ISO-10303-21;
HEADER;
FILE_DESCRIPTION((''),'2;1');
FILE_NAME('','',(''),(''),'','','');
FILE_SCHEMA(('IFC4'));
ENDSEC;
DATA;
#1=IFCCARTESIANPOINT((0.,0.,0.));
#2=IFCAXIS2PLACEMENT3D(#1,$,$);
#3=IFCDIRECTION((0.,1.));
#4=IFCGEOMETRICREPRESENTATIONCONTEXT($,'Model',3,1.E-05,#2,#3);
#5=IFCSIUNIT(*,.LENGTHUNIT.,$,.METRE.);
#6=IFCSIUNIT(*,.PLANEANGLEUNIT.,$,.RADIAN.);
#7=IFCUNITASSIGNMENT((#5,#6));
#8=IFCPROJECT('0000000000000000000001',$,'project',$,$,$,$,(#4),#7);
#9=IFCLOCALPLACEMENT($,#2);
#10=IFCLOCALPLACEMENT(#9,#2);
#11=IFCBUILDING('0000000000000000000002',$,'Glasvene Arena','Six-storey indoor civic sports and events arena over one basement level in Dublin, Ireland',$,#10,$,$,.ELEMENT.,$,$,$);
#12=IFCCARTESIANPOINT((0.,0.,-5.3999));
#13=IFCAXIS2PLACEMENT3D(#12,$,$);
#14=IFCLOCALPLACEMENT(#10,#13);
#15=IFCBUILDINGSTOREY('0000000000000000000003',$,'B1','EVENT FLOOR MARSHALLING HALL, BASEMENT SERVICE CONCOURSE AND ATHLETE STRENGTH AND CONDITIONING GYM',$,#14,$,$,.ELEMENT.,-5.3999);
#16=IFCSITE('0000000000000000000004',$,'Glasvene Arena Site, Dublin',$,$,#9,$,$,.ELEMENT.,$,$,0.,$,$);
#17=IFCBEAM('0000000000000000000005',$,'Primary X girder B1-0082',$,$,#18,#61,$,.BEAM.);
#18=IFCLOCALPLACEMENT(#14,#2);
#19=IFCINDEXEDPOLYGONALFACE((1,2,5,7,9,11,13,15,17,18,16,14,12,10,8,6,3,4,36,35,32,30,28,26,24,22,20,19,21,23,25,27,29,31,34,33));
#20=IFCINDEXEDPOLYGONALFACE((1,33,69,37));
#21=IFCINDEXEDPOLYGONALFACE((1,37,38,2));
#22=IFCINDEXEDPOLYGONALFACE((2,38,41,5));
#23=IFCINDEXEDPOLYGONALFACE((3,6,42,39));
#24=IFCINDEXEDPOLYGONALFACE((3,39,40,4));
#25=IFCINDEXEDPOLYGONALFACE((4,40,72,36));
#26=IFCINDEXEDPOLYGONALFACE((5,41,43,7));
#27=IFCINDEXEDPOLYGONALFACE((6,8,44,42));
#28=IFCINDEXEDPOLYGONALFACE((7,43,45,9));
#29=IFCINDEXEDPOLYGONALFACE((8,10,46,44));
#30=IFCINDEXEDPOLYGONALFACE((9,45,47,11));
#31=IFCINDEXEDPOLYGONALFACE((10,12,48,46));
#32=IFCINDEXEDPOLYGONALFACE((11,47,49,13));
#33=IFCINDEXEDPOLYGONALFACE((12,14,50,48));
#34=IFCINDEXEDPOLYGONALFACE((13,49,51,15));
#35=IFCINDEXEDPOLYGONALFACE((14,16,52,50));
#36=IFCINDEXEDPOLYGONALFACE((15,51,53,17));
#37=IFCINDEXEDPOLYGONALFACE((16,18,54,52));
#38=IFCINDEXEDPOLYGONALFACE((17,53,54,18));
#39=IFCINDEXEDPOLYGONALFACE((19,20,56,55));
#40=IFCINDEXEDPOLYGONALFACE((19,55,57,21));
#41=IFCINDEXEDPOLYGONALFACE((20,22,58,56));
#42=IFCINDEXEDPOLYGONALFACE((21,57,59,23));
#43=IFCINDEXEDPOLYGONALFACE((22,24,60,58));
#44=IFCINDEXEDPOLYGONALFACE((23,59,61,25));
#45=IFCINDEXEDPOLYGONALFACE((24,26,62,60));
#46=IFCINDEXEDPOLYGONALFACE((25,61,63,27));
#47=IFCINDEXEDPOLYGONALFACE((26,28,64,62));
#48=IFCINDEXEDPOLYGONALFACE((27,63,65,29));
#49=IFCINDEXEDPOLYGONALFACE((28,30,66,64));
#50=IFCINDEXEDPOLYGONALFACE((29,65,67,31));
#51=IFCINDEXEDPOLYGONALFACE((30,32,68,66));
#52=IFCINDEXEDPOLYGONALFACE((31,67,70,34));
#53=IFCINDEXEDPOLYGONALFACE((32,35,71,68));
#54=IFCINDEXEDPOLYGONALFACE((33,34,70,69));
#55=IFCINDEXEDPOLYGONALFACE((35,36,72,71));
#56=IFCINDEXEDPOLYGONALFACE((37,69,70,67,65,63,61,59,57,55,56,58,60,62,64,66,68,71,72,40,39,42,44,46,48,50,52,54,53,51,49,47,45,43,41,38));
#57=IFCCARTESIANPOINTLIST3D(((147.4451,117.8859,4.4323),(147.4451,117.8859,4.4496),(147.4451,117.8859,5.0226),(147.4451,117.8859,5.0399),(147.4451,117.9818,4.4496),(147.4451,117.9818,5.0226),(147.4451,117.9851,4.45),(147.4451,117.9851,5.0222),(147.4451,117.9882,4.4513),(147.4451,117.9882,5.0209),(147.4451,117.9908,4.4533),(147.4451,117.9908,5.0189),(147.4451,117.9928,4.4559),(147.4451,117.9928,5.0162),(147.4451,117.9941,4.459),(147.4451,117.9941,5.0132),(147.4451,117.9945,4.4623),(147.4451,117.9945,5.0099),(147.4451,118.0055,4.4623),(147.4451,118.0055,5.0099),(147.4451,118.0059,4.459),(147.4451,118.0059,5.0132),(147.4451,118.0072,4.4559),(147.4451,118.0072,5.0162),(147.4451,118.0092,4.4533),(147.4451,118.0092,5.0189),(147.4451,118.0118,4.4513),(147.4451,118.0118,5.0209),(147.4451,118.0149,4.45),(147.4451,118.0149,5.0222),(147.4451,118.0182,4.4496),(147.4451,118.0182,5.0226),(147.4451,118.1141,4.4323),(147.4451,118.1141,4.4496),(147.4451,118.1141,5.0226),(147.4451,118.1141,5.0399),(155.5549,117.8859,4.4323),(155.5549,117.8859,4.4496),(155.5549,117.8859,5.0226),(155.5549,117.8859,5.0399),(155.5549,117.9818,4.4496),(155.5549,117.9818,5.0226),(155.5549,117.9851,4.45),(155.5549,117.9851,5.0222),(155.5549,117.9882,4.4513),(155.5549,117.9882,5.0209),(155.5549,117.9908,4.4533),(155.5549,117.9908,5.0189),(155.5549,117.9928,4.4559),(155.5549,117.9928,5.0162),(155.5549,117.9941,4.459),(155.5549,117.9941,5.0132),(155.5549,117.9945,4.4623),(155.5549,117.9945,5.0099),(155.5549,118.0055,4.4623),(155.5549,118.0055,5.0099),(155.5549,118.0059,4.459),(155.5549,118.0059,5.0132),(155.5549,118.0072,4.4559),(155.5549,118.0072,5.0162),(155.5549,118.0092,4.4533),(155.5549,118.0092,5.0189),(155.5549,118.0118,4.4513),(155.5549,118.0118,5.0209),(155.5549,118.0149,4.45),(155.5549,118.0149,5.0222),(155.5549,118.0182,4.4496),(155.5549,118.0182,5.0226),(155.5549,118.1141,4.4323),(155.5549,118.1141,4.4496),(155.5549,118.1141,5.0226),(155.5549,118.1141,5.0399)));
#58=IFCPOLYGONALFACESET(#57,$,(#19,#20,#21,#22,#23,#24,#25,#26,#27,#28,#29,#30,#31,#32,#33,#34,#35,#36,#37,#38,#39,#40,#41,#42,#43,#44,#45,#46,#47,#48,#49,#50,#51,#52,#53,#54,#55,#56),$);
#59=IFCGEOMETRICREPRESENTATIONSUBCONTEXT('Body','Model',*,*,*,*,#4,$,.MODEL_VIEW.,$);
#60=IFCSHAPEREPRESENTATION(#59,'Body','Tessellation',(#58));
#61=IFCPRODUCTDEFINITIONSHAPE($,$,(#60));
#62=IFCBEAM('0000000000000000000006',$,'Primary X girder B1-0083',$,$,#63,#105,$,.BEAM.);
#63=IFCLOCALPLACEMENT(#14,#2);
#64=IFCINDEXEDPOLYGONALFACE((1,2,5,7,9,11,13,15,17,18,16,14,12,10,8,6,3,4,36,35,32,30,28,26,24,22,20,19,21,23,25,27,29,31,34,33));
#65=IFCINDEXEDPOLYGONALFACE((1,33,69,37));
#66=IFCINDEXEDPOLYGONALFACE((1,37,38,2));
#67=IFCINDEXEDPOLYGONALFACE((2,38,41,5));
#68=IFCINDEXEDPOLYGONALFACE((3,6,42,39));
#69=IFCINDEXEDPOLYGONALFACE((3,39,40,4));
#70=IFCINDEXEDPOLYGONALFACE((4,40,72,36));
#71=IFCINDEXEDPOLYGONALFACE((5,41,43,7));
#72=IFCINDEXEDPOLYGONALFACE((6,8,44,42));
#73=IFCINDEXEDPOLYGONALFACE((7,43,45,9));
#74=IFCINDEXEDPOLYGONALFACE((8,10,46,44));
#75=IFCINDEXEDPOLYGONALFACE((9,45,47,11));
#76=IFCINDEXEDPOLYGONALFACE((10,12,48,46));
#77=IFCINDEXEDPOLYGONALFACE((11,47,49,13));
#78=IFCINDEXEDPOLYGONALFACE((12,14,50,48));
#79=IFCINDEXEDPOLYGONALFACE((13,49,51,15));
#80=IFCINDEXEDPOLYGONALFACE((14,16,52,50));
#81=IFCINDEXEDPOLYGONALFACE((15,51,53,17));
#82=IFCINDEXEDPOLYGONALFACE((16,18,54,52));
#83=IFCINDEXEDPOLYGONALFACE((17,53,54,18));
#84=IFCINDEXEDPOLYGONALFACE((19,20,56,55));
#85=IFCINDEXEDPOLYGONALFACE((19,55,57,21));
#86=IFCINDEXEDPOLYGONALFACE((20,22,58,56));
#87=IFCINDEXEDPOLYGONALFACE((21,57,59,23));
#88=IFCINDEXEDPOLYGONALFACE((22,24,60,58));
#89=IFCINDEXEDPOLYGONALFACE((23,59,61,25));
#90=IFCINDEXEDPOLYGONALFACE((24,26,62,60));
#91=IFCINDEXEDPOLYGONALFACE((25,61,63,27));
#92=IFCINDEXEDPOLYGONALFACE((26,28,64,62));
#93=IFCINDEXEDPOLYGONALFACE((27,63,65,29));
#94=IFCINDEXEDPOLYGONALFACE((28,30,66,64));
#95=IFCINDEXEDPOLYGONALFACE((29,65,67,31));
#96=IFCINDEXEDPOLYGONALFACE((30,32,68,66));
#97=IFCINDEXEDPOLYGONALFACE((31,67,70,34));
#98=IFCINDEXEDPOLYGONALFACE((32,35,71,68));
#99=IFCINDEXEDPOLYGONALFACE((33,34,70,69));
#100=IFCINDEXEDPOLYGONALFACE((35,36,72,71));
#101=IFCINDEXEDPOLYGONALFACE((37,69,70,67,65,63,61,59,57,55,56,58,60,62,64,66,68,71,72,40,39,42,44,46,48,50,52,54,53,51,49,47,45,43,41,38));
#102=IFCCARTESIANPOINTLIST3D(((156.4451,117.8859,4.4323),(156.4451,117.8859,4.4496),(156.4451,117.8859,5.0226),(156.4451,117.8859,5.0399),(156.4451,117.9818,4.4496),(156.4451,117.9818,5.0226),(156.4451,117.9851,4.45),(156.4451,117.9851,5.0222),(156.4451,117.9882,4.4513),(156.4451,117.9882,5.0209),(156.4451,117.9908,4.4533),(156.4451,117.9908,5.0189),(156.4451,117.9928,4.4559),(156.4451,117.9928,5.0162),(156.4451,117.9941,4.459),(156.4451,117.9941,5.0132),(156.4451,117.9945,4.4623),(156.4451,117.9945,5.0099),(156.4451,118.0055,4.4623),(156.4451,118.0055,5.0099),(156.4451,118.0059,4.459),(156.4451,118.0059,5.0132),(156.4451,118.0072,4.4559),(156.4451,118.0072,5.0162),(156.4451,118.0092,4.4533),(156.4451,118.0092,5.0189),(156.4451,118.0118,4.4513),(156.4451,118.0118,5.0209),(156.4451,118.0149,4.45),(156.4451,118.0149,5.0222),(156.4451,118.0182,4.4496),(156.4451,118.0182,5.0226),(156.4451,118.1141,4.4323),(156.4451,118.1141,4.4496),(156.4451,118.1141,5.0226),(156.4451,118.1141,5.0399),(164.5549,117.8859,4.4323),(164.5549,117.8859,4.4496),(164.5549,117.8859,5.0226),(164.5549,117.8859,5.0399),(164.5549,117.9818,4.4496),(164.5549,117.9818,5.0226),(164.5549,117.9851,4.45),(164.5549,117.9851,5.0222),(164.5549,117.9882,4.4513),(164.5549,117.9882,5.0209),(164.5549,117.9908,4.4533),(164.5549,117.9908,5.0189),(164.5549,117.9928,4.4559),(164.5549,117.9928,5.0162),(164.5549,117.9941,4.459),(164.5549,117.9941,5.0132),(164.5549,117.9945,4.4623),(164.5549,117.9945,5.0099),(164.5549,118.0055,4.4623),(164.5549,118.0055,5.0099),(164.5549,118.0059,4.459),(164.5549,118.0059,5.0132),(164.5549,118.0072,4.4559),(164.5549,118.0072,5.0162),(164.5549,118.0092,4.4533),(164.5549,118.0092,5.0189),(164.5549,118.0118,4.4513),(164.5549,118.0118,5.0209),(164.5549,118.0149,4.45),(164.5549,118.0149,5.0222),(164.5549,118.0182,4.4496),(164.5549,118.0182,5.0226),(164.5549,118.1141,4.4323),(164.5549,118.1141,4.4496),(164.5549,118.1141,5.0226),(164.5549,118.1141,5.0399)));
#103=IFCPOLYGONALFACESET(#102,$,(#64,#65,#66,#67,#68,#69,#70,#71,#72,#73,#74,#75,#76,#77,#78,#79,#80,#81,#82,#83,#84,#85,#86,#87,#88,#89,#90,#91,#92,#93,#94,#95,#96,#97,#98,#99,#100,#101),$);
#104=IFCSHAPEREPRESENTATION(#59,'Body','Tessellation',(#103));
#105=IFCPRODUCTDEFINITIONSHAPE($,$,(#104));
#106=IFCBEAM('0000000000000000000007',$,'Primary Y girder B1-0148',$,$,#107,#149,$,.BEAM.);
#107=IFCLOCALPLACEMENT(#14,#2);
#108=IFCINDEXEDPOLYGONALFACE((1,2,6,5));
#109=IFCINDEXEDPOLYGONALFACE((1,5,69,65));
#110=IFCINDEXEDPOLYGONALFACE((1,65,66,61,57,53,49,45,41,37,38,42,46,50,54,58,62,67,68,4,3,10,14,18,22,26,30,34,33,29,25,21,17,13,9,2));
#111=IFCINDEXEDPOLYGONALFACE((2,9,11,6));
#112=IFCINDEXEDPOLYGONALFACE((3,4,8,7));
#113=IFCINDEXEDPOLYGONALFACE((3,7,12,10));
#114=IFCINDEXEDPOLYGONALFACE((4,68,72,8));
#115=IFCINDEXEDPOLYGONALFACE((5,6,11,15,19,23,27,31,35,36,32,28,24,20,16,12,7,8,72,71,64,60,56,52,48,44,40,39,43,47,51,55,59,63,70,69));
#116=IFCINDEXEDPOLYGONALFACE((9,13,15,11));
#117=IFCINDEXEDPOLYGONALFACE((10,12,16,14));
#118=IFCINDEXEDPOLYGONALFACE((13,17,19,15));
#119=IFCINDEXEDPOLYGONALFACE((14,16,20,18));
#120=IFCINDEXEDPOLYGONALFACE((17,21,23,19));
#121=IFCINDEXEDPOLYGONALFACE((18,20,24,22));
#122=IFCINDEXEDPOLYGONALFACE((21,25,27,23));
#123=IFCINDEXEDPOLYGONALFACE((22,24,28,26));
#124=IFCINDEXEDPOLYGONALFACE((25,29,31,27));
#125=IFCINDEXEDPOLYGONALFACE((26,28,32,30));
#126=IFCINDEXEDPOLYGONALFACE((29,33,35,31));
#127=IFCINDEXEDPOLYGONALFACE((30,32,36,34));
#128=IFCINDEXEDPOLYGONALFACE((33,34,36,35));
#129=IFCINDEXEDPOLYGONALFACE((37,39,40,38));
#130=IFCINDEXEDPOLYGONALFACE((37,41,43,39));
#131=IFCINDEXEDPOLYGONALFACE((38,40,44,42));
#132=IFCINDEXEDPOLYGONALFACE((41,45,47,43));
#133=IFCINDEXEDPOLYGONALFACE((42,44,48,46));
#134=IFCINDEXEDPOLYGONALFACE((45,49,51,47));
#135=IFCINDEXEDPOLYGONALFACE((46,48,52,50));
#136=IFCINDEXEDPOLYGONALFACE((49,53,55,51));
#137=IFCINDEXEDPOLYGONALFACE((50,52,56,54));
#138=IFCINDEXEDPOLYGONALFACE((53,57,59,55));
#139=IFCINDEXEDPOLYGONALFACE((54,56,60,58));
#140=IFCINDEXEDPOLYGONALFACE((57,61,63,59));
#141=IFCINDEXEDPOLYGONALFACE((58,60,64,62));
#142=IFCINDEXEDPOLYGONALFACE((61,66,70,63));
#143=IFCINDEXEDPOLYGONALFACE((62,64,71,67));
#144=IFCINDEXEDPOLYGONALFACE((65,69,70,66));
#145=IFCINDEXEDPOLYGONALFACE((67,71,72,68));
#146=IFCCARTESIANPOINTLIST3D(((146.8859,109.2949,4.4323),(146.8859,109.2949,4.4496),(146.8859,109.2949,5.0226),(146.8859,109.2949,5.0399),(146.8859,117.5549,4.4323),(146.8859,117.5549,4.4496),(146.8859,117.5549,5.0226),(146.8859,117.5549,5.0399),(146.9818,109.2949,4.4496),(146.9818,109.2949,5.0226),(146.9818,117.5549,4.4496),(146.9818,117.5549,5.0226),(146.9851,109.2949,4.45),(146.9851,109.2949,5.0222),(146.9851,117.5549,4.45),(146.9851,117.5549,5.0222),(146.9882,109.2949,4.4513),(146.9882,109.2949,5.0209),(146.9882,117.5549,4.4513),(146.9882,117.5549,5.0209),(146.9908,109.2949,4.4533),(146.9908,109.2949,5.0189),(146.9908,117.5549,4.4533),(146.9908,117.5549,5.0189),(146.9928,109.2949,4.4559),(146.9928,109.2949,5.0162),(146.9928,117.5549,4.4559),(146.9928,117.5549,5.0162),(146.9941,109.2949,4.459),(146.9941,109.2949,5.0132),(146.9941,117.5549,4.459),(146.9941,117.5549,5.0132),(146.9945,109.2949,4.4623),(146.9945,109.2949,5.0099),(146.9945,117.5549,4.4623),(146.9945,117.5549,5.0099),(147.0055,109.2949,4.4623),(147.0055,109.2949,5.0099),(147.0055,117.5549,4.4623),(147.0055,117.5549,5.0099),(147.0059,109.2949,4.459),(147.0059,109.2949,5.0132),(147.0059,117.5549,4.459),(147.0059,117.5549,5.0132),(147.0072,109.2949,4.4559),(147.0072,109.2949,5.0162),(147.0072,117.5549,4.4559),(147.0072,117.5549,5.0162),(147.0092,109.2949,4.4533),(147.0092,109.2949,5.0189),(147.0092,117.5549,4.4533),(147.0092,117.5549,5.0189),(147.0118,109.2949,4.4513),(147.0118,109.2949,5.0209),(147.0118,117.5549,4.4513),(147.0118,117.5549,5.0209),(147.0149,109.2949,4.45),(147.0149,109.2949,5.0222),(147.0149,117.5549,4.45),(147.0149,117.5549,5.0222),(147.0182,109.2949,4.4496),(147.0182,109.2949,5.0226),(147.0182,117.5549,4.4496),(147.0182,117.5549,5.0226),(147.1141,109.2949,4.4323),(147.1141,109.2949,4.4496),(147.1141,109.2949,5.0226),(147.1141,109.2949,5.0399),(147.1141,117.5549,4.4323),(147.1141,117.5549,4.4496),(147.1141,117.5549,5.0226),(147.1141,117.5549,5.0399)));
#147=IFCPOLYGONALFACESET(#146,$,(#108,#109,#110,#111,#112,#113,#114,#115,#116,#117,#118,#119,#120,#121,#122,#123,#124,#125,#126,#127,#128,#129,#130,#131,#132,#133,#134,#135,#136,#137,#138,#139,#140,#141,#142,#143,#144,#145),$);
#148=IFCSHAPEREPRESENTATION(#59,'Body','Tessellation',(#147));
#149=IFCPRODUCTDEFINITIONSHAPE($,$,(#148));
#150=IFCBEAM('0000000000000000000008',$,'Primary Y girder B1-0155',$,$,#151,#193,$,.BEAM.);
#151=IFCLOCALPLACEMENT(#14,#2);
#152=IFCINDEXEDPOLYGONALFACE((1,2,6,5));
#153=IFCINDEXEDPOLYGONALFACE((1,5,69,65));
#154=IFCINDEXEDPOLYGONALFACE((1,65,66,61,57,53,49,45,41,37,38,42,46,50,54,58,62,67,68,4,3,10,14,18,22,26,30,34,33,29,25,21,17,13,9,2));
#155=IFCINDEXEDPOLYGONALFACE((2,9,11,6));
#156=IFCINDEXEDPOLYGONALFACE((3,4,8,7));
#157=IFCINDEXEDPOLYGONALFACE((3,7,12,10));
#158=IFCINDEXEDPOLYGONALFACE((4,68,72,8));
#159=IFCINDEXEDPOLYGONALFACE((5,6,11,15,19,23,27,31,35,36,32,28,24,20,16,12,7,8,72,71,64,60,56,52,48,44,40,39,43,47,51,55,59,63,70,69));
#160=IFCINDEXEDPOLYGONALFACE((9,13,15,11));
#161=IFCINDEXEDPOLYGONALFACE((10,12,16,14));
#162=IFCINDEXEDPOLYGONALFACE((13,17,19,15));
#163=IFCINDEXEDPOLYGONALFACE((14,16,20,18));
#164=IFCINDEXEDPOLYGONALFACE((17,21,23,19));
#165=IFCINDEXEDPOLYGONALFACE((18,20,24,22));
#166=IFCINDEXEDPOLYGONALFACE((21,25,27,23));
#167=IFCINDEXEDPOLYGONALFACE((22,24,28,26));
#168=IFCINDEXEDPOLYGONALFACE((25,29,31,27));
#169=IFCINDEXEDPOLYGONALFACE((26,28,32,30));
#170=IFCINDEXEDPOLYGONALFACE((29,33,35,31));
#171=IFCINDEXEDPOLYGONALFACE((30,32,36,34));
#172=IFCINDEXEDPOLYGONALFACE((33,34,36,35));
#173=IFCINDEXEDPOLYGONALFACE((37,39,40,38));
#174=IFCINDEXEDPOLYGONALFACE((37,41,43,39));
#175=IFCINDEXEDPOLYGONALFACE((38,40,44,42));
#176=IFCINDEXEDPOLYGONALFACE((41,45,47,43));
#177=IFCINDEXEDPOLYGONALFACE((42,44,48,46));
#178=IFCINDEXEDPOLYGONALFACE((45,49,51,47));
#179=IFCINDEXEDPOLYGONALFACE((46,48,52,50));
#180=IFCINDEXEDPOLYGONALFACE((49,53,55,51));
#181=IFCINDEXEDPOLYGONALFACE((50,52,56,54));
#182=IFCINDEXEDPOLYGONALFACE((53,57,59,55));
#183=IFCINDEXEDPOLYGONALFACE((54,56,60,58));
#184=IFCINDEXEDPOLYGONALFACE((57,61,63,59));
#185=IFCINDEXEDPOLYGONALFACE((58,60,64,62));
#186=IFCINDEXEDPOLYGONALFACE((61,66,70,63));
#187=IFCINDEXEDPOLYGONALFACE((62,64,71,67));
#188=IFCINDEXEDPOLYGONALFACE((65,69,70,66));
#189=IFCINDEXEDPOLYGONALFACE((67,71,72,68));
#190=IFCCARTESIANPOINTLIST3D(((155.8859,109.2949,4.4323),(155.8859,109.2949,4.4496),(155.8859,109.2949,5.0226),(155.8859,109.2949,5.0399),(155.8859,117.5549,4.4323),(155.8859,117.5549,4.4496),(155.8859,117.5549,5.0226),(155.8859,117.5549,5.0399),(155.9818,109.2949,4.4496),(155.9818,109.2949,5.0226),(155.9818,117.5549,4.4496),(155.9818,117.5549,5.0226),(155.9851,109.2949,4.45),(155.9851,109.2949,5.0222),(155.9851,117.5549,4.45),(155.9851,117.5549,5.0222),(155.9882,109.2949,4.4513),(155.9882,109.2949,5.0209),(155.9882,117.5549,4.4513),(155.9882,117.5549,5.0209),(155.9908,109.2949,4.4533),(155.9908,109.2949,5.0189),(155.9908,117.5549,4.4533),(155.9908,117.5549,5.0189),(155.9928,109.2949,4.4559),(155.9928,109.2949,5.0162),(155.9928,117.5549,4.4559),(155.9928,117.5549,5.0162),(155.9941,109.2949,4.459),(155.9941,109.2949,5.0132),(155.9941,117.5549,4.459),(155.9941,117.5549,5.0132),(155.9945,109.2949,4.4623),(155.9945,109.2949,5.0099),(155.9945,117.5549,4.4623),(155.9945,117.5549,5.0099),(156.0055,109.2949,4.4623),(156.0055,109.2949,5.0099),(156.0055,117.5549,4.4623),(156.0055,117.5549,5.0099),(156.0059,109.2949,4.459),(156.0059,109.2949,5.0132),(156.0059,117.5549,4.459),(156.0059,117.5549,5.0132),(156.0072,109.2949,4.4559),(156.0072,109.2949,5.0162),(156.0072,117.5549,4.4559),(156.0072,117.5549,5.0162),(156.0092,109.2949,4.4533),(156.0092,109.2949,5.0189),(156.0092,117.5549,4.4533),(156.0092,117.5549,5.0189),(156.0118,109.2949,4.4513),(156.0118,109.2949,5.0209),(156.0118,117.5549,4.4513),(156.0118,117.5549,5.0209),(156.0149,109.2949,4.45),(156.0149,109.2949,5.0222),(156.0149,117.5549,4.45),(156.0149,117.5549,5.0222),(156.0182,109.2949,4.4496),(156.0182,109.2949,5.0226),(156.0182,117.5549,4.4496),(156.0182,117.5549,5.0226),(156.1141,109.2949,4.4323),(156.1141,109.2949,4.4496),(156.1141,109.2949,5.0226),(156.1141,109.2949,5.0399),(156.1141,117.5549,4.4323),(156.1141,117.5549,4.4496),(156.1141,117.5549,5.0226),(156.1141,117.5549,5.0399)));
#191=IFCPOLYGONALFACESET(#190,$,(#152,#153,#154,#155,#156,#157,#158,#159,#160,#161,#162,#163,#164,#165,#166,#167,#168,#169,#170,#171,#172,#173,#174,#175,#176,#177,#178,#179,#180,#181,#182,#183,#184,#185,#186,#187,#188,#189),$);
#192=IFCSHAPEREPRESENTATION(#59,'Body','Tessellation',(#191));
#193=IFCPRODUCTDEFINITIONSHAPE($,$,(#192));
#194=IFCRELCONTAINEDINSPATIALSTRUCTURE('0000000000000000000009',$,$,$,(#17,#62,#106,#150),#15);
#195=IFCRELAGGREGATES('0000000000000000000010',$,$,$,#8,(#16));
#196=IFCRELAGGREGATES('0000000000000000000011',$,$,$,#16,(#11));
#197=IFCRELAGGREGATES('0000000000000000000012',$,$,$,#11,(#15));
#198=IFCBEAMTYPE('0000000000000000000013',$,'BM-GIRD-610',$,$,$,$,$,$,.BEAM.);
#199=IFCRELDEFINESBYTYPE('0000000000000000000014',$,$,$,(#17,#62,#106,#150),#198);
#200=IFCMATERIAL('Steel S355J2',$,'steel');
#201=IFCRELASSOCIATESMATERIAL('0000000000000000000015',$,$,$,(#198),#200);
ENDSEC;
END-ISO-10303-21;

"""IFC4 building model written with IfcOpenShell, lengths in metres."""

from ifc_helpers import new_model, si_unit, direction, frame, origin, origin_2d, place, context, subcontext, project, spatial, i_section, extrude, material, material_profile, profile_set, type_object, element, save


model = new_model("IFC4")

# Units and contexts
model_context = context("Model", 3, precision=1e-05, world=origin(), true_north=direction((0.0, 1.0)))
body_context = subcontext(model_context, "Body", "Model", "MODEL_VIEW")
ifc_project = project(units=[si_unit("LENGTHUNIT", "METRE"), si_unit("PLANEANGLEUNIT", "RADIAN")], contexts=[model_context])

# Site, building, storey
site_placement = place(None, origin())
site = spatial("IfcSite", under=ifc_project, at=site_placement, Name="Glasvene Arena Site, Dublin", CompositionType="ELEMENT", RefElevation=0.0)
building_placement = place(site_placement, origin())
building = spatial("IfcBuilding", under=site, at=building_placement, Name="Glasvene Arena", Description="Six-storey indoor civic sports and events arena over one basement level in Dublin, Ireland", CompositionType="ELEMENT")
storey_placement = place(building_placement, frame((0.0, 0.0, -5.3999)))
storey = spatial("IfcBuildingStorey", under=building, at=storey_placement, Name="B1", Description="EVENT FLOOR MARSHALLING HALL, BASEMENT SERVICE CONCOURSE AND ATHLETE STRENGTH AND CONDITIONING GYM", CompositionType="ELEMENT", Elevation=-5.3999)

# Beams
ifc_material_1 = material(Name="Steel S355J2", Category="steel")
ifc_material_profile_1 = material_profile(ifc_material_1, i_section(OverallWidth=0.2283, OverallDepth=0.6077, WebThickness=0.011, FlangeThickness=0.0173, FilletRadius=0.0127, at=origin_2d()), Name="UKB 610x229x113")
ifc_profile_set_1 = profile_set([ifc_material_profile_1], Name="Steel S355J2")
beam_type_1 = type_object("IfcBeamType", Name="BM-GIRD-610", PredefinedType="BEAM", material=ifc_profile_set_1)
for number, where, z_axis, x_axis, name in (
    (1, (147.4451, 118.0, 4.7361), (1.0, 0.0, 0.0), (0.0, 1.0, 0.0), "Primary X girder B1-0082"),
    (2, (156.4451, 118.0, 4.7361), (1.0, 0.0, 0.0), (0.0, 1.0, 0.0), "Primary X girder B1-0083"),
):
    element("IfcBeam", number, at=place(storey_placement, frame(where, z_axis=z_axis, x_axis=x_axis)), inside=storey, type_object=beam_type_1, Name=name, PredefinedType="BEAM", context=body_context, shape_type="SweptSolid", body=[
        extrude(i_section(OverallWidth=0.2283, OverallDepth=0.6077, WebThickness=0.011, FlangeThickness=0.0173, FilletRadius=0.0127, at=origin_2d()), origin(), (0.0, 0.0, 1.0), 8.1099),
    ])
for number, where, z_axis, x_axis, name in (
    (3, (147.0, 109.2949, 4.7361), (0.0, 1.0, 0.0), (-1.0, 0.0, 0.0), "Primary Y girder B1-0148"),
    (4, (156.0, 109.2949, 4.7361), (0.0, 1.0, 0.0), (-1.0, 0.0, 0.0), "Primary Y girder B1-0155"),
):
    element("IfcBeam", number, at=place(storey_placement, frame(where, z_axis=z_axis, x_axis=x_axis)), inside=storey, type_object=beam_type_1, Name=name, PredefinedType="BEAM", context=body_context, shape_type="SweptSolid", body=[
        extrude(i_section(OverallWidth=0.2283, OverallDepth=0.6077, WebThickness=0.011, FlangeThickness=0.0173, FilletRadius=0.0127, at=origin_2d()), origin(), (0.0, 0.0, 1.0), 8.26),
    ])

save(model, "model.ifc")
